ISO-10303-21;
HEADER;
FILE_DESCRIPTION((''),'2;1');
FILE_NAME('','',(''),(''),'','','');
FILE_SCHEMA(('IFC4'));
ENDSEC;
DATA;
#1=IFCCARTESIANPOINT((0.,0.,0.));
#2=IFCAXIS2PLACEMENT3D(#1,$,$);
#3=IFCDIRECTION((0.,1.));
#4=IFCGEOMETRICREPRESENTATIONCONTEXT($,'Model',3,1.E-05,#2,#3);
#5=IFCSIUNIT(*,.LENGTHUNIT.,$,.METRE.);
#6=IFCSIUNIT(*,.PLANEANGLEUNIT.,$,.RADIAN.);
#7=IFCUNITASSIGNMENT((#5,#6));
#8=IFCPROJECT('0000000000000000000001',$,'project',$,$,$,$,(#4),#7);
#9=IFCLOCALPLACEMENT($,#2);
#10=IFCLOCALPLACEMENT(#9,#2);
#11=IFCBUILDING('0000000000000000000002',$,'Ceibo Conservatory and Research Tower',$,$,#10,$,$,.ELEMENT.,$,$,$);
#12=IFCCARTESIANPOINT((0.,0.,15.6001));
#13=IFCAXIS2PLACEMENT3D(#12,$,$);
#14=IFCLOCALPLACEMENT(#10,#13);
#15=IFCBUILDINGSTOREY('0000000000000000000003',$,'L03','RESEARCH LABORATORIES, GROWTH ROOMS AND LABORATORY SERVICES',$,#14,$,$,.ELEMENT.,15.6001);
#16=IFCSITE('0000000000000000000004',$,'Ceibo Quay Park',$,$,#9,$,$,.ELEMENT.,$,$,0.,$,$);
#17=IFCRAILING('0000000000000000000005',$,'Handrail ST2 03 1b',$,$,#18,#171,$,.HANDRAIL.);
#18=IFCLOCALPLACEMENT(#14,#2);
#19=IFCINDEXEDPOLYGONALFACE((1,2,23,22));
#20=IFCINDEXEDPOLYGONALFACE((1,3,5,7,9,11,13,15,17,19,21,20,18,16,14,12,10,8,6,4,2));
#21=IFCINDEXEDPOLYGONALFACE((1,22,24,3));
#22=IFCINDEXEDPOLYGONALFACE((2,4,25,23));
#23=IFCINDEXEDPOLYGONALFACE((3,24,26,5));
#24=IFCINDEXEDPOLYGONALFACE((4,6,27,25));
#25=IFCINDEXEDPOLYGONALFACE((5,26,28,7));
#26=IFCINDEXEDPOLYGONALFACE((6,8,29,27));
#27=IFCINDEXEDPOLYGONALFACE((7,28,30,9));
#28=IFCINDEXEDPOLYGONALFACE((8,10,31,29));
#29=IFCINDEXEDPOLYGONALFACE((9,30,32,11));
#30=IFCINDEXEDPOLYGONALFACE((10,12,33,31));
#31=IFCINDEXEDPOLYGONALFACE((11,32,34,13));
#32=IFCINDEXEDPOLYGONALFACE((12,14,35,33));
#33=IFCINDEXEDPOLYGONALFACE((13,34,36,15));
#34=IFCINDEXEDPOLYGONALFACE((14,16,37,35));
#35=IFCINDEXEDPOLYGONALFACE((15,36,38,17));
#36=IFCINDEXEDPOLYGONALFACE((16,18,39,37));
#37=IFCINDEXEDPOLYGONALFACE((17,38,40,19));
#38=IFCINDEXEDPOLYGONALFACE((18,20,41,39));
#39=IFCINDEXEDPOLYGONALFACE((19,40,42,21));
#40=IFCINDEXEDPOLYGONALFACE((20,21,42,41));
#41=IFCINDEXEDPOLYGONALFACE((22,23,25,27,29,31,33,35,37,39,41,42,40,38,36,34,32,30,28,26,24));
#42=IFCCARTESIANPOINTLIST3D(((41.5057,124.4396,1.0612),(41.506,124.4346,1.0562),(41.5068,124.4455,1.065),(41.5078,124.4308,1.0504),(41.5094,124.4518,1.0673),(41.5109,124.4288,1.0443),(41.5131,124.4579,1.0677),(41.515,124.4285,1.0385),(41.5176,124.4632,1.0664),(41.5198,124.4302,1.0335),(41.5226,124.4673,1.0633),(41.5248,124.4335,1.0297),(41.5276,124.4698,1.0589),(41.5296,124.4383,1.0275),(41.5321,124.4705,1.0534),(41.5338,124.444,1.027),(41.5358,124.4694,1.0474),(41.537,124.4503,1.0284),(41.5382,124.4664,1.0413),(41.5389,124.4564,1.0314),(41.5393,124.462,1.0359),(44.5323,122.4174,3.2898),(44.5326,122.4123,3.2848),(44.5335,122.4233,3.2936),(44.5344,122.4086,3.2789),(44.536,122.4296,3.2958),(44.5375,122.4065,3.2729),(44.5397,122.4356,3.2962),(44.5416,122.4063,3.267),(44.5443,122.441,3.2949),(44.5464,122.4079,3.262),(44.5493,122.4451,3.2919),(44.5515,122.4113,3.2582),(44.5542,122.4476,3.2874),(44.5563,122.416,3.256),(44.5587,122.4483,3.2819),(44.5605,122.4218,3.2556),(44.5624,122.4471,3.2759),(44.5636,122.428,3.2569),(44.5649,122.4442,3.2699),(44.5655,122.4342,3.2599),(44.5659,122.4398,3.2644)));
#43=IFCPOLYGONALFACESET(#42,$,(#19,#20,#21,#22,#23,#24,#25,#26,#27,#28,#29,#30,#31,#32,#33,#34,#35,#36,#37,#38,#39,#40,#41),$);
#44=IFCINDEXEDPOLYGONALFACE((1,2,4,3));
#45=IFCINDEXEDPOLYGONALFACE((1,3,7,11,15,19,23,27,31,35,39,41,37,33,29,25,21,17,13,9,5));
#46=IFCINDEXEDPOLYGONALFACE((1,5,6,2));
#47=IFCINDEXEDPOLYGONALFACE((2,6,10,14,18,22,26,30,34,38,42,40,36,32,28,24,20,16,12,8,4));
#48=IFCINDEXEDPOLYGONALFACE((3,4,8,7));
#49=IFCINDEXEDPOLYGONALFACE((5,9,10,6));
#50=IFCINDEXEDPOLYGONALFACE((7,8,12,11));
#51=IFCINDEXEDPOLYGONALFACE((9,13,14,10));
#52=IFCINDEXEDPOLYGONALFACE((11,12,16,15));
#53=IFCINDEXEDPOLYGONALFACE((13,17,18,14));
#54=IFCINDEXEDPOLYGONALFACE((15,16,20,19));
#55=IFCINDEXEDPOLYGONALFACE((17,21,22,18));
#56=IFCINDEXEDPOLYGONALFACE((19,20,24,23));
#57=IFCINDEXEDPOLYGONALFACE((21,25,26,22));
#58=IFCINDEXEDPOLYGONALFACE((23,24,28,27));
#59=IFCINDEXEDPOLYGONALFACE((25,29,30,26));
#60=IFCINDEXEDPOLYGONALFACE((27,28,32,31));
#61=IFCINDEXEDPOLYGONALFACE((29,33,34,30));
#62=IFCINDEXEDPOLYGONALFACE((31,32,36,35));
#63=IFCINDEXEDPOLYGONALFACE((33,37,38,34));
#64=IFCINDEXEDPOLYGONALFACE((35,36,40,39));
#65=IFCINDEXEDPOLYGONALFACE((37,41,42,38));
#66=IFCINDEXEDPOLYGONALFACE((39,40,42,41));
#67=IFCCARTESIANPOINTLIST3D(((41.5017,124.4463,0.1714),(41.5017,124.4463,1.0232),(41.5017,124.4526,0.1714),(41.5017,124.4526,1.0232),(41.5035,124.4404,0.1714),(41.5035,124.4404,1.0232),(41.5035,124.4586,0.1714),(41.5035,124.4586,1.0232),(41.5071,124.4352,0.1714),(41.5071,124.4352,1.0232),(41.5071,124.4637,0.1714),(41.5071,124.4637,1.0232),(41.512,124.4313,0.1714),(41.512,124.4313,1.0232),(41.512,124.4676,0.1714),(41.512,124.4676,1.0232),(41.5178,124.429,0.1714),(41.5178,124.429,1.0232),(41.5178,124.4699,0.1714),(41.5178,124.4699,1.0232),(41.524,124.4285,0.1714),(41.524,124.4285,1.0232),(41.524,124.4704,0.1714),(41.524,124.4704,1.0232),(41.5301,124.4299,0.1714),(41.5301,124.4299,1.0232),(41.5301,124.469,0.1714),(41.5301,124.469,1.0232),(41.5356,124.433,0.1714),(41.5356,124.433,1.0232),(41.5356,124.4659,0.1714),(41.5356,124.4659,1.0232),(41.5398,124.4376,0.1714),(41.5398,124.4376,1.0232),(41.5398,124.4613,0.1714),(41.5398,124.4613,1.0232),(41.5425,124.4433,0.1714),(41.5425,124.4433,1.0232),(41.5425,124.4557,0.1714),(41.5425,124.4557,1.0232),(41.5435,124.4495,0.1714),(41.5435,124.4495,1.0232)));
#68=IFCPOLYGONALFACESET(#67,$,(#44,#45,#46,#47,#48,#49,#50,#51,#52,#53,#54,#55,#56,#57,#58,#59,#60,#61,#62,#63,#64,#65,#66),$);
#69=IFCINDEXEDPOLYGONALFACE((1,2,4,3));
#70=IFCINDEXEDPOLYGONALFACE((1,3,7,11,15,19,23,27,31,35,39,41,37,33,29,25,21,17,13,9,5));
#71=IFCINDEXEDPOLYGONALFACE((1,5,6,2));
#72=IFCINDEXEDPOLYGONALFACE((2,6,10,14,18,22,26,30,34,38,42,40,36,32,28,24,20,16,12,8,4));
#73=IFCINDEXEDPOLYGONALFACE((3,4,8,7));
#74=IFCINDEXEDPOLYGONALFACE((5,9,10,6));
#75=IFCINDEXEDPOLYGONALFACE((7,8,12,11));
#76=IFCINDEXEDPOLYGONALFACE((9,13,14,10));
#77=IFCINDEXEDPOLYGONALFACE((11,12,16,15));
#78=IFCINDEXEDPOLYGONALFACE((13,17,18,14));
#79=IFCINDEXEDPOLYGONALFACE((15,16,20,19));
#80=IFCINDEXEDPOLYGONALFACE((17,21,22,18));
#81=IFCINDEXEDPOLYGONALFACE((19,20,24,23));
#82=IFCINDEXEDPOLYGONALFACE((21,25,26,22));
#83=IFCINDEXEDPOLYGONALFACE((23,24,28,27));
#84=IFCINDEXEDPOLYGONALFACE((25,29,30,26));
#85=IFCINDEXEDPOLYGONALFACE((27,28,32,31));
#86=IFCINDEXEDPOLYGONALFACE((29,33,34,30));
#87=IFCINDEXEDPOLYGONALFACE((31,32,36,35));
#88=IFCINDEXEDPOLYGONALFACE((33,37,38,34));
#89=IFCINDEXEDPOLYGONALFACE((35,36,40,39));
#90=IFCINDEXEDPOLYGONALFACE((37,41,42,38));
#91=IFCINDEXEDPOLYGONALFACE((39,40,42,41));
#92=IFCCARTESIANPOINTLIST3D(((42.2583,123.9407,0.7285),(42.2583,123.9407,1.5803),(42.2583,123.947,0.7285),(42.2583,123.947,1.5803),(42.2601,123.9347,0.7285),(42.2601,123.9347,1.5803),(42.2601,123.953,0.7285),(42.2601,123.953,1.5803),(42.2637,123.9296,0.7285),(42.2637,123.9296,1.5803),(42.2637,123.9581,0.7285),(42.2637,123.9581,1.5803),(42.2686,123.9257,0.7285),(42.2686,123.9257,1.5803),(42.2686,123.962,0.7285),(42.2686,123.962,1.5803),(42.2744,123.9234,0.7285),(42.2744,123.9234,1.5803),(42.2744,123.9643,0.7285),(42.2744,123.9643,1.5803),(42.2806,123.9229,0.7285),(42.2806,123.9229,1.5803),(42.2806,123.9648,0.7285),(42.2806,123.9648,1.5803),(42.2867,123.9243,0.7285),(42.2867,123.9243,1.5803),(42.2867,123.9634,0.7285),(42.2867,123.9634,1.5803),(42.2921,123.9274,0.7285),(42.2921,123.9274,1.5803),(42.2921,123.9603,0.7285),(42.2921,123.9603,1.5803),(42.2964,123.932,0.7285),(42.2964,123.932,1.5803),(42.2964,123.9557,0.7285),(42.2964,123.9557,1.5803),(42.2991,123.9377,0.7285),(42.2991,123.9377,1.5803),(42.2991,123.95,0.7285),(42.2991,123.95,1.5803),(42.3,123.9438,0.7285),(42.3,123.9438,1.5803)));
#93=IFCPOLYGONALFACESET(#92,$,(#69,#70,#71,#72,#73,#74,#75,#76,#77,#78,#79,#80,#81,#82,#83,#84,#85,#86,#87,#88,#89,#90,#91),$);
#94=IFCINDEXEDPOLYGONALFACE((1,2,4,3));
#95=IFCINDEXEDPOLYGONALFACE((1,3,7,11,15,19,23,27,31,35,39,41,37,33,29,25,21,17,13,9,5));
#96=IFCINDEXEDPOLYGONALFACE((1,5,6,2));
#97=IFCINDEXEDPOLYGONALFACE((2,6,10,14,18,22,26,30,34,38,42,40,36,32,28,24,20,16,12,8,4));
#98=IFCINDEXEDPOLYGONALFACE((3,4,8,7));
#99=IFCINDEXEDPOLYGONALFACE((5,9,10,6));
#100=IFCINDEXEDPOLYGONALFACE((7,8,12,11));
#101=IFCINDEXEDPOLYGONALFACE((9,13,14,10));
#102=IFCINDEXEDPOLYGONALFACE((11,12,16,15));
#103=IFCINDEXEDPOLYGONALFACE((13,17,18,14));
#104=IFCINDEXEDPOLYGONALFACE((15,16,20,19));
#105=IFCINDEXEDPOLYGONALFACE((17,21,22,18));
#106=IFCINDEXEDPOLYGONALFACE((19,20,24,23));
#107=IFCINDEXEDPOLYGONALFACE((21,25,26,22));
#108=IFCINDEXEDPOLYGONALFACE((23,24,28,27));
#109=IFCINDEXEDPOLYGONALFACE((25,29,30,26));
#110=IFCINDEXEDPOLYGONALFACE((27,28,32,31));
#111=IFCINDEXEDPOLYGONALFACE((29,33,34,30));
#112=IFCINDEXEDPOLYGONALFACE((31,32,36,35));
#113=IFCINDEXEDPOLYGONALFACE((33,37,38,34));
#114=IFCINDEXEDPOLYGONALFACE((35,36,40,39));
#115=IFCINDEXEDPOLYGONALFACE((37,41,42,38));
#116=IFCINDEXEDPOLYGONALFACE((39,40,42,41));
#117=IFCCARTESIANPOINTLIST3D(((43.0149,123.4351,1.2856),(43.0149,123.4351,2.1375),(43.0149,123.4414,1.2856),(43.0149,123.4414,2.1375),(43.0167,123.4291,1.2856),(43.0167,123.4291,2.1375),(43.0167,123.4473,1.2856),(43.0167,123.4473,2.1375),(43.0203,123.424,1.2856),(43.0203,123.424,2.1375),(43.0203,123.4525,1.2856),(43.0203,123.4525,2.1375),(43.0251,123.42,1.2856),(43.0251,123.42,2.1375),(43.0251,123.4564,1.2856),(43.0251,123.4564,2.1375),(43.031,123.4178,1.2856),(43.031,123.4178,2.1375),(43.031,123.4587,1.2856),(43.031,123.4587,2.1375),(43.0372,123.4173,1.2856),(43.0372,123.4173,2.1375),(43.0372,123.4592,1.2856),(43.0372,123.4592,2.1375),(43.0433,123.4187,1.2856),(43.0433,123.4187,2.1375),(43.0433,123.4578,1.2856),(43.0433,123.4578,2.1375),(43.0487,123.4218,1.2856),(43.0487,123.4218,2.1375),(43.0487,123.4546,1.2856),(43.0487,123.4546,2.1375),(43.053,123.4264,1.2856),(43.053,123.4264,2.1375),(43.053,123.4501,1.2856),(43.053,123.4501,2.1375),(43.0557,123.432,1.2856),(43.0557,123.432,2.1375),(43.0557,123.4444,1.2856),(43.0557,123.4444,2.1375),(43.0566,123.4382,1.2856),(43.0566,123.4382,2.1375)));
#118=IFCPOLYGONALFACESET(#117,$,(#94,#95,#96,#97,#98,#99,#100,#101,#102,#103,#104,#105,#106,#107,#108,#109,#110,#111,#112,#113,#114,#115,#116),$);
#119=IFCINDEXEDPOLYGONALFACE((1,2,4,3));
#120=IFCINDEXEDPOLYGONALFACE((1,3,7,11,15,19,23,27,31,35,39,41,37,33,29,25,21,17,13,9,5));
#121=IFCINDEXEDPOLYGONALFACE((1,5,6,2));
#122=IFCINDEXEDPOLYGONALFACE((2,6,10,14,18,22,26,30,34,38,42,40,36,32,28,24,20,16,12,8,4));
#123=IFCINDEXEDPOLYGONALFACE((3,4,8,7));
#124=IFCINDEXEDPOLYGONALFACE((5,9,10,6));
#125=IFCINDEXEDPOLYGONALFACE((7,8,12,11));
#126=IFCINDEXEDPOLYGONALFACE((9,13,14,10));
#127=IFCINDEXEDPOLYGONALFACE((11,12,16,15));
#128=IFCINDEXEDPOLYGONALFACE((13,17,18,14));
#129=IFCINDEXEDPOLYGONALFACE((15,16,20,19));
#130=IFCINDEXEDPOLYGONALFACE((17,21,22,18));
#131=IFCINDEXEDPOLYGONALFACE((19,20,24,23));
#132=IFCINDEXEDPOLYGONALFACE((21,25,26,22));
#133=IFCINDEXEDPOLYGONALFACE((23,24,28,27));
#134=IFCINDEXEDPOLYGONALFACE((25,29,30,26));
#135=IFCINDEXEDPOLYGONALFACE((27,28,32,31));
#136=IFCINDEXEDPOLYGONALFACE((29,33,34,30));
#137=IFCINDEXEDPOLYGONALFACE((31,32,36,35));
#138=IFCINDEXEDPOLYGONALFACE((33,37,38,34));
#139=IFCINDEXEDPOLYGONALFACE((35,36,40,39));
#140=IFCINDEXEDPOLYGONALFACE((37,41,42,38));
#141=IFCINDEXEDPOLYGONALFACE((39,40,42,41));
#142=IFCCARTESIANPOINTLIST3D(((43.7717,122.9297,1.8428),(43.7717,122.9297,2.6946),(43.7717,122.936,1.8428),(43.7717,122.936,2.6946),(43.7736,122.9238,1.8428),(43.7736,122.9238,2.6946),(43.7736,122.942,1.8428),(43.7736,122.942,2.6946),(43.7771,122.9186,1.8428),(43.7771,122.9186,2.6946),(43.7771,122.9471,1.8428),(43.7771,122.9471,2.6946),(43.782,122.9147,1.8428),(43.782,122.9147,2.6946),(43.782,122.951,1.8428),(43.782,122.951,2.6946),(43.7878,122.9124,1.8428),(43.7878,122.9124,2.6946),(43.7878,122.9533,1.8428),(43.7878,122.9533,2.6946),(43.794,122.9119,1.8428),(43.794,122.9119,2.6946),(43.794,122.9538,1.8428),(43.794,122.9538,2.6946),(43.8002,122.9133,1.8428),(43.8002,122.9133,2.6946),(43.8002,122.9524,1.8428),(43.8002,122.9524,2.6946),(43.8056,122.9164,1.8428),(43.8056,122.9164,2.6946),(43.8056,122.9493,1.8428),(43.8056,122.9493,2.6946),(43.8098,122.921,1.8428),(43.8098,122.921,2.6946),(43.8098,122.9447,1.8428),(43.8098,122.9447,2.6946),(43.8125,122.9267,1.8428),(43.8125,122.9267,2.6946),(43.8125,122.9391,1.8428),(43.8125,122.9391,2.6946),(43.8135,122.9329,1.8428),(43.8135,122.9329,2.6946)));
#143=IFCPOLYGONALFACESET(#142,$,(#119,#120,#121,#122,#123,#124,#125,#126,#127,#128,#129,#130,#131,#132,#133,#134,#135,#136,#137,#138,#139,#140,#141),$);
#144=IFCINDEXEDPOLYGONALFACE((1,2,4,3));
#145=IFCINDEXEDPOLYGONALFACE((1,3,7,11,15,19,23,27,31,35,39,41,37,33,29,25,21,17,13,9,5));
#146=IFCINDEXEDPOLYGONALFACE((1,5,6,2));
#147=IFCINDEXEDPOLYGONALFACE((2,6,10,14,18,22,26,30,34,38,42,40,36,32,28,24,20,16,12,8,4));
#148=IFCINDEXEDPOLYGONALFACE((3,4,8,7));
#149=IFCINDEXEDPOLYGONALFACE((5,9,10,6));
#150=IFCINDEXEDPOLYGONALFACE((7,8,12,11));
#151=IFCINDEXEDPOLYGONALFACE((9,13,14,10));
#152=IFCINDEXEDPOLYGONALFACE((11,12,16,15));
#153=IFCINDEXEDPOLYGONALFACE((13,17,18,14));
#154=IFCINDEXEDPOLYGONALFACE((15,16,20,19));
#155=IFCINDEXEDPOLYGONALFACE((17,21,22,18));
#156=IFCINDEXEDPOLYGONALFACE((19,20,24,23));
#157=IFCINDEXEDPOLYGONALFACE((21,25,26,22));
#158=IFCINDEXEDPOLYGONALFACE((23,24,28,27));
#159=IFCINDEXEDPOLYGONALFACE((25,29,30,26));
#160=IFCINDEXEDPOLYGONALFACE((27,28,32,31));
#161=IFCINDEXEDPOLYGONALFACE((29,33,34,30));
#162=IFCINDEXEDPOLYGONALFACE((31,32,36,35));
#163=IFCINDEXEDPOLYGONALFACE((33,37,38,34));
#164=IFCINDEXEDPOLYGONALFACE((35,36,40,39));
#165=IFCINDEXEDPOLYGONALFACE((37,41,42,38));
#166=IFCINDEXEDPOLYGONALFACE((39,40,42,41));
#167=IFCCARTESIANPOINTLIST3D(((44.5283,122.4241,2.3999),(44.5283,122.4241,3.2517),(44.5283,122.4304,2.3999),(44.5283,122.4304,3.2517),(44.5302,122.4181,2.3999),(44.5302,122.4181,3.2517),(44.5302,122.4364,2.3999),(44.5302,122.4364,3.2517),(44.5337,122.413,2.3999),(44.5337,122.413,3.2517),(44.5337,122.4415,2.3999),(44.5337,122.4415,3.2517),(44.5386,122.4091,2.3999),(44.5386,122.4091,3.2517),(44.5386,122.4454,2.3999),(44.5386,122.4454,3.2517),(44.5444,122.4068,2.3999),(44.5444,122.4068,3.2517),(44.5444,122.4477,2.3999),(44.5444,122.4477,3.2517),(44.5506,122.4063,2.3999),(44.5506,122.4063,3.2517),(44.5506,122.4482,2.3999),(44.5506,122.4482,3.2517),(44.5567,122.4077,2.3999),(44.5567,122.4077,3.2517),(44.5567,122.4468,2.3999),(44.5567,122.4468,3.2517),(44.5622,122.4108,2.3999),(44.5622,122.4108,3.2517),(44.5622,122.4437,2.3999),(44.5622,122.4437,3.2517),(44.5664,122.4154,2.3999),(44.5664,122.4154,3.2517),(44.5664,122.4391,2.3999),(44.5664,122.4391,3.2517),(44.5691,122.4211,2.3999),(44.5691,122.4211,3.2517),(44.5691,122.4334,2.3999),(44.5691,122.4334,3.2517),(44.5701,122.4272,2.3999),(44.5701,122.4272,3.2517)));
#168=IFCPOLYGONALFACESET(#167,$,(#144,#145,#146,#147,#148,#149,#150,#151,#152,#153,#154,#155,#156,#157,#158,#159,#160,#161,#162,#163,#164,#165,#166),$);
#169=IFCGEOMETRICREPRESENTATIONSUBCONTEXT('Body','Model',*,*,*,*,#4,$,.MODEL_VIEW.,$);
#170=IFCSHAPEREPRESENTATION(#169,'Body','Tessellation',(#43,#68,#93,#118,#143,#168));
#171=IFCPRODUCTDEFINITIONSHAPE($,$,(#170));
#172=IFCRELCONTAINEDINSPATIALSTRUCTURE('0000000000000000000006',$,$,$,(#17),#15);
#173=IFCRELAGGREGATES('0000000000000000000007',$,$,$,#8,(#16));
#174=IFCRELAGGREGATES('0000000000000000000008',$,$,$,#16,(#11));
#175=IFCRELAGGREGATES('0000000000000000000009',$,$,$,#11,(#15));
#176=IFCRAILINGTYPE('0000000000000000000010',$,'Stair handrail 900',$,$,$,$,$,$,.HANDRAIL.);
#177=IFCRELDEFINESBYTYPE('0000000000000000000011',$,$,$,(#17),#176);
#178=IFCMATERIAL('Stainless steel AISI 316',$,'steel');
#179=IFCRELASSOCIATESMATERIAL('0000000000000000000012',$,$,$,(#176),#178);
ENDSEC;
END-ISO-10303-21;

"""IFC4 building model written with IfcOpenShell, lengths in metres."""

from ifc_helpers import new_model, si_unit, direction, frame, origin, origin_2d, place, context, subcontext, project, spatial, circle, extrude, material, type_object, element, save


model = new_model("IFC4")

# Units and contexts
model_context = context("Model", 3, precision=1e-05, world=origin(), true_north=direction((0.0, 1.0)))
body_context = subcontext(model_context, "Body", "Model", "MODEL_VIEW")
ifc_project = project(units=[si_unit("LENGTHUNIT", "METRE"), si_unit("PLANEANGLEUNIT", "RADIAN")], contexts=[model_context])

# Site, building, storey
site_placement = place(None, origin())
site = spatial("IfcSite", under=ifc_project, at=site_placement, Name="Ceibo Quay Park", CompositionType="ELEMENT", RefElevation=0.0)
building_placement = place(site_placement, origin())
building = spatial("IfcBuilding", under=site, at=building_placement, Name="Ceibo Conservatory and Research Tower", CompositionType="ELEMENT")
storey_placement = place(building_placement, frame((0.0, 0.0, 15.6001)))
storey = spatial("IfcBuildingStorey", under=building, at=storey_placement, Name="L03", Description="RESEARCH LABORATORIES, GROWTH ROOMS AND LABORATORY SERVICES", CompositionType="ELEMENT", Elevation=15.6001)

# Shared definitions
ifc_material_1 = material(Name="Stainless steel AISI 316", Category="steel")

# Railing
railing_type = type_object("IfcRailingType", Name="Stair handrail 900", PredefinedType="HANDRAIL", material=ifc_material_1)
railing_1_placement = place(storey_placement, frame((41.5225, 124.4495, 0.1714)))
element("IfcRailing", 1, at=railing_1_placement, inside=storey, type_object=railing_type, Name="Handrail ST2 03 1b", PredefinedType="HANDRAIL", context=body_context, shape_type="SweptSolid", body=[
    extrude(circle(Radius=0.0239, at=origin_2d()), frame((0.0, 0.0, 0.876), z_axis=(0.709137, -0.473806, 0.522142), x_axis=(0.555551, 0.831482, 0.0)), (0.0, 0.0, 1.0), 4.2681),
    extrude(circle(Radius=0.021, at=origin_2d()), origin(), (0.0, 0.0, 1.0), 0.8518),
    extrude(circle(Radius=0.021, at=origin_2d()), frame((0.7566, -0.5056, 0.5571)), (0.0, 0.0, 1.0), 0.8518),
    extrude(circle(Radius=0.021, at=origin_2d()), frame((1.5132, -1.0112, 1.1143)), (0.0, 0.0, 1.0), 0.8518),
    extrude(circle(Radius=0.021, at=origin_2d()), frame((2.27, -1.5166, 1.6714)), (0.0, 0.0, 1.0), 0.8518),
    extrude(circle(Radius=0.021, at=origin_2d()), frame((3.0266, -2.0222, 2.2285)), (0.0, 0.0, 1.0), 0.8518),
])

save(model, "model.ifc")
